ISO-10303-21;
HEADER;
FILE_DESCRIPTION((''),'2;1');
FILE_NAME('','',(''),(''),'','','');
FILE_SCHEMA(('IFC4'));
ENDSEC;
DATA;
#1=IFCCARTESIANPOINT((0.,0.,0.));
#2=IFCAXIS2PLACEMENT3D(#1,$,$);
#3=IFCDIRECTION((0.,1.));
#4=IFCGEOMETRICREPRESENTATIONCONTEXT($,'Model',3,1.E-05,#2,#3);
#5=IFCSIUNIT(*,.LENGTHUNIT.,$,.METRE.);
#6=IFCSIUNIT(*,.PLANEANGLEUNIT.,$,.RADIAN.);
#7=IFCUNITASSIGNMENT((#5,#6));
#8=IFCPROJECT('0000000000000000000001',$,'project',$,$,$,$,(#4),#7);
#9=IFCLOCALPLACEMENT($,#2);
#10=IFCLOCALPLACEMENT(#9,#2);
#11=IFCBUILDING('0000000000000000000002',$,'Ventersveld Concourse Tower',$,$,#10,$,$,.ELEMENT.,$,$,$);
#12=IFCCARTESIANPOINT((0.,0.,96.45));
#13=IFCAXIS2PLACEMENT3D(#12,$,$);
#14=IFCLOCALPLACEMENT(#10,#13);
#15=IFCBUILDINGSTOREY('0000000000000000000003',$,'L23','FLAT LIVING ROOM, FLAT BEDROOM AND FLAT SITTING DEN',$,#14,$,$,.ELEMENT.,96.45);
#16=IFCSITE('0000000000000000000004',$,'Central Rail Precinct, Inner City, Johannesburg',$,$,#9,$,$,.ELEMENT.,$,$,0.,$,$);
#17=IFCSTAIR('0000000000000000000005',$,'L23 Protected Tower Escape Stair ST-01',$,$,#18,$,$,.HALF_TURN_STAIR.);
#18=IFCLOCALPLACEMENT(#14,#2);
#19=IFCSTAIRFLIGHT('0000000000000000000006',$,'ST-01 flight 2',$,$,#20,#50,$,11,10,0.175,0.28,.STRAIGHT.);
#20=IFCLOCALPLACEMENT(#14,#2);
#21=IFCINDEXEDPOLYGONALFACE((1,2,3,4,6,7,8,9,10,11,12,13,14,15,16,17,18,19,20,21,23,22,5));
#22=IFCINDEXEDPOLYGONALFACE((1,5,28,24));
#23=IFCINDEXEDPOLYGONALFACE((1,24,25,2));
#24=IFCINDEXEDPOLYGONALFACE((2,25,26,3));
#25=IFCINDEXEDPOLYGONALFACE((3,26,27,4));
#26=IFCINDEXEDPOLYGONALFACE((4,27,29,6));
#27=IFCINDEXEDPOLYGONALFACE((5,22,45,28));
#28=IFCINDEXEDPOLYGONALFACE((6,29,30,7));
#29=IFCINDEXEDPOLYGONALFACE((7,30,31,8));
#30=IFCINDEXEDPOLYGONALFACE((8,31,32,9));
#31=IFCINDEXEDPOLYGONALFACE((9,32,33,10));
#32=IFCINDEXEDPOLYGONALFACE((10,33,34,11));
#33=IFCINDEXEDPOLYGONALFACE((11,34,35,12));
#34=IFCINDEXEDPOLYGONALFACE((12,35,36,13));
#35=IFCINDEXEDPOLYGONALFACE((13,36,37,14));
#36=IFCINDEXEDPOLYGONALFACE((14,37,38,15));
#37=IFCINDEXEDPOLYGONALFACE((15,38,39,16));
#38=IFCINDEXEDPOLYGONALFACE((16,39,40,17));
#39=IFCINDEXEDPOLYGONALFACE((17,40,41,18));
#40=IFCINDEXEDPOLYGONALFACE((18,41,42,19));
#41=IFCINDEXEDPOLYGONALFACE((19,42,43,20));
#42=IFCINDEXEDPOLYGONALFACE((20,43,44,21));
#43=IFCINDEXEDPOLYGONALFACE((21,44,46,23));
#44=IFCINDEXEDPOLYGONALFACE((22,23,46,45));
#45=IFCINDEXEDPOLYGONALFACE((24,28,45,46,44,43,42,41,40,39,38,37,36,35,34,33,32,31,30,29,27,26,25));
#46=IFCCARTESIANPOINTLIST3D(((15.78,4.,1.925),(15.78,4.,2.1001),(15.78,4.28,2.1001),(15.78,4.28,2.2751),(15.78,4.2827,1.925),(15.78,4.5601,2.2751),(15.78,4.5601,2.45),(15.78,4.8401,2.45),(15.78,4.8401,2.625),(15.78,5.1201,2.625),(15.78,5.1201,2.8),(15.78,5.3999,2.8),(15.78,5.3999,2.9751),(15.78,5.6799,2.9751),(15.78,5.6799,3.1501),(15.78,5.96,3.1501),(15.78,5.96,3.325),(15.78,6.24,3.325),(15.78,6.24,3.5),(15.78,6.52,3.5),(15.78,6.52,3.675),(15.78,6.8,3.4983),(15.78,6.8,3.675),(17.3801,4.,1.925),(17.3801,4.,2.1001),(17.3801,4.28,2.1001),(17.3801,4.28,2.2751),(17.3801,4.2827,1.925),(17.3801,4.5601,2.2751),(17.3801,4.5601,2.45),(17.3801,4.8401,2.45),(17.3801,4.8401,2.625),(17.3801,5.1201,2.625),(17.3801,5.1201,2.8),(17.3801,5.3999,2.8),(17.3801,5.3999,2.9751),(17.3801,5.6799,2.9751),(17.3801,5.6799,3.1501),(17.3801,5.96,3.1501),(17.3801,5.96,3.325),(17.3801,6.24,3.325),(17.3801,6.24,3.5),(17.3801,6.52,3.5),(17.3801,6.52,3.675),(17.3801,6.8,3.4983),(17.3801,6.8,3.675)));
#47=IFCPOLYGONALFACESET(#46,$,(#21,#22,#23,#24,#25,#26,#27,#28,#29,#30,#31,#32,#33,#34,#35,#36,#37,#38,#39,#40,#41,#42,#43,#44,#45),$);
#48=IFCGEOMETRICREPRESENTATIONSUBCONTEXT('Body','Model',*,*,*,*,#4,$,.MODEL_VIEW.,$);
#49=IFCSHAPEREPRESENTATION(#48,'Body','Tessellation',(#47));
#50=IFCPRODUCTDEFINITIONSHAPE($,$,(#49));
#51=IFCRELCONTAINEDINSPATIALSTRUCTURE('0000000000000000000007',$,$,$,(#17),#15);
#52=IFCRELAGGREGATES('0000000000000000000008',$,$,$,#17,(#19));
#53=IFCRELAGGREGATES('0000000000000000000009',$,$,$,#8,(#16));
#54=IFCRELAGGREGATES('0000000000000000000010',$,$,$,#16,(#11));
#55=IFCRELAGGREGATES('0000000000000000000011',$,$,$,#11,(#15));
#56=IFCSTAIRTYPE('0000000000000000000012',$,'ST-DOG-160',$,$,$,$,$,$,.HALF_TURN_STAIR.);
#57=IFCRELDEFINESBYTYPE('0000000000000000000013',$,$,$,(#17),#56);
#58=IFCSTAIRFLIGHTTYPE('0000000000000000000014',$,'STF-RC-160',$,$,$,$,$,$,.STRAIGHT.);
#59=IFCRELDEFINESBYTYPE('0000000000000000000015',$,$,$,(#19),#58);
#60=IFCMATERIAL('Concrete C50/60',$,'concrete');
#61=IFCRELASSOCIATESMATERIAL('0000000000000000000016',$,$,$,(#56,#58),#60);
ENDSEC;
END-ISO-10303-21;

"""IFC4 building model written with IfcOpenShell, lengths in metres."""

from ifc_helpers import new_model, si_unit, direction, frame, origin, place, context, subcontext, project, spatial, polyline, outline, extrude, material, type_object, element, aggregate, save


model = new_model("IFC4")

# Units and contexts
model_context = context("Model", 3, precision=1e-05, world=origin(), true_north=direction((0.0, 1.0)))
body_context = subcontext(model_context, "Body", "Model", "MODEL_VIEW")
ifc_project = project(units=[si_unit("LENGTHUNIT", "METRE"), si_unit("PLANEANGLEUNIT", "RADIAN")], contexts=[model_context])

# Site, building, storey
site_placement = place(None, origin())
site = spatial("IfcSite", under=ifc_project, at=site_placement, Name="Central Rail Precinct, Inner City, Johannesburg", CompositionType="ELEMENT", RefElevation=0.0)
building_placement = place(site_placement, origin())
building = spatial("IfcBuilding", under=site, at=building_placement, Name="Ventersveld Concourse Tower", CompositionType="ELEMENT")
storey_placement = place(building_placement, frame((0.0, 0.0, 96.45)))
storey = spatial("IfcBuildingStorey", under=building, at=storey_placement, Name="L23", Description="FLAT LIVING ROOM, FLAT BEDROOM AND FLAT SITTING DEN", CompositionType="ELEMENT", Elevation=96.45)

# Shared definitions
ifc_material_1 = material(Name="Concrete C50/60", Category="concrete")

# Stair, stair flight
stair_type = type_object("IfcStairType", Name="ST-DOG-160", PredefinedType="HALF_TURN_STAIR", material=ifc_material_1)
stair_placement = place(storey_placement, origin())
stair = element("IfcStair", 1, at=stair_placement, inside=storey, type_object=stair_type, Name="L23 Protected Tower Escape Stair ST-01", PredefinedType="HALF_TURN_STAIR")
stair_flight_type = type_object("IfcStairFlightType", Name="STF-RC-160", PredefinedType="STRAIGHT", material=ifc_material_1)
stair_flight_placement = place(storey_placement, frame((16.5801, 4.0, 1.925), z_axis=(0.0, 0.0, 1.0), x_axis=(0.0, 1.0, 0.0)))
stair_flight = element("IfcStairFlight", 2, at=stair_flight_placement, type_object=stair_flight_type, Name="ST-01 flight 2", NumberOfRisers=11, NumberOfTreads=10, PredefinedType="STRAIGHT", RiserHeight=0.175, TreadLength=0.28, context=body_context, shape_type="SweptSolid", body=[
    extrude(outline(polyline([(0.0, 0.0), (0.0, 0.175), (0.28, 0.175), (0.28, 0.3501), (0.5601, 0.3501), (0.5601, 0.5249), (0.8401, 0.5249), (0.8401, 0.7), (1.1201, 0.7), (1.1201, 0.875), (1.3999, 0.875), (1.3999, 1.05), (1.6799, 1.05), (1.6799, 1.2251), (1.96, 1.2251), (1.96, 1.3999), (2.24, 1.3999), (2.24, 1.575), (2.52, 1.575), (2.52, 1.75), (2.8, 1.75), (2.8, 1.925), (2.8, 1.5732), (0.2827, 0.0), (0.0, 0.0)])), frame((0.0, 0.8, 0.0), z_axis=(0.0, -1.0, 0.0), x_axis=(1.0, 0.0, 0.0)), (0.0, 0.0, 1.0), 1.6001),
])
aggregate(stair, [stair_flight])

save(model, "model.ifc")
